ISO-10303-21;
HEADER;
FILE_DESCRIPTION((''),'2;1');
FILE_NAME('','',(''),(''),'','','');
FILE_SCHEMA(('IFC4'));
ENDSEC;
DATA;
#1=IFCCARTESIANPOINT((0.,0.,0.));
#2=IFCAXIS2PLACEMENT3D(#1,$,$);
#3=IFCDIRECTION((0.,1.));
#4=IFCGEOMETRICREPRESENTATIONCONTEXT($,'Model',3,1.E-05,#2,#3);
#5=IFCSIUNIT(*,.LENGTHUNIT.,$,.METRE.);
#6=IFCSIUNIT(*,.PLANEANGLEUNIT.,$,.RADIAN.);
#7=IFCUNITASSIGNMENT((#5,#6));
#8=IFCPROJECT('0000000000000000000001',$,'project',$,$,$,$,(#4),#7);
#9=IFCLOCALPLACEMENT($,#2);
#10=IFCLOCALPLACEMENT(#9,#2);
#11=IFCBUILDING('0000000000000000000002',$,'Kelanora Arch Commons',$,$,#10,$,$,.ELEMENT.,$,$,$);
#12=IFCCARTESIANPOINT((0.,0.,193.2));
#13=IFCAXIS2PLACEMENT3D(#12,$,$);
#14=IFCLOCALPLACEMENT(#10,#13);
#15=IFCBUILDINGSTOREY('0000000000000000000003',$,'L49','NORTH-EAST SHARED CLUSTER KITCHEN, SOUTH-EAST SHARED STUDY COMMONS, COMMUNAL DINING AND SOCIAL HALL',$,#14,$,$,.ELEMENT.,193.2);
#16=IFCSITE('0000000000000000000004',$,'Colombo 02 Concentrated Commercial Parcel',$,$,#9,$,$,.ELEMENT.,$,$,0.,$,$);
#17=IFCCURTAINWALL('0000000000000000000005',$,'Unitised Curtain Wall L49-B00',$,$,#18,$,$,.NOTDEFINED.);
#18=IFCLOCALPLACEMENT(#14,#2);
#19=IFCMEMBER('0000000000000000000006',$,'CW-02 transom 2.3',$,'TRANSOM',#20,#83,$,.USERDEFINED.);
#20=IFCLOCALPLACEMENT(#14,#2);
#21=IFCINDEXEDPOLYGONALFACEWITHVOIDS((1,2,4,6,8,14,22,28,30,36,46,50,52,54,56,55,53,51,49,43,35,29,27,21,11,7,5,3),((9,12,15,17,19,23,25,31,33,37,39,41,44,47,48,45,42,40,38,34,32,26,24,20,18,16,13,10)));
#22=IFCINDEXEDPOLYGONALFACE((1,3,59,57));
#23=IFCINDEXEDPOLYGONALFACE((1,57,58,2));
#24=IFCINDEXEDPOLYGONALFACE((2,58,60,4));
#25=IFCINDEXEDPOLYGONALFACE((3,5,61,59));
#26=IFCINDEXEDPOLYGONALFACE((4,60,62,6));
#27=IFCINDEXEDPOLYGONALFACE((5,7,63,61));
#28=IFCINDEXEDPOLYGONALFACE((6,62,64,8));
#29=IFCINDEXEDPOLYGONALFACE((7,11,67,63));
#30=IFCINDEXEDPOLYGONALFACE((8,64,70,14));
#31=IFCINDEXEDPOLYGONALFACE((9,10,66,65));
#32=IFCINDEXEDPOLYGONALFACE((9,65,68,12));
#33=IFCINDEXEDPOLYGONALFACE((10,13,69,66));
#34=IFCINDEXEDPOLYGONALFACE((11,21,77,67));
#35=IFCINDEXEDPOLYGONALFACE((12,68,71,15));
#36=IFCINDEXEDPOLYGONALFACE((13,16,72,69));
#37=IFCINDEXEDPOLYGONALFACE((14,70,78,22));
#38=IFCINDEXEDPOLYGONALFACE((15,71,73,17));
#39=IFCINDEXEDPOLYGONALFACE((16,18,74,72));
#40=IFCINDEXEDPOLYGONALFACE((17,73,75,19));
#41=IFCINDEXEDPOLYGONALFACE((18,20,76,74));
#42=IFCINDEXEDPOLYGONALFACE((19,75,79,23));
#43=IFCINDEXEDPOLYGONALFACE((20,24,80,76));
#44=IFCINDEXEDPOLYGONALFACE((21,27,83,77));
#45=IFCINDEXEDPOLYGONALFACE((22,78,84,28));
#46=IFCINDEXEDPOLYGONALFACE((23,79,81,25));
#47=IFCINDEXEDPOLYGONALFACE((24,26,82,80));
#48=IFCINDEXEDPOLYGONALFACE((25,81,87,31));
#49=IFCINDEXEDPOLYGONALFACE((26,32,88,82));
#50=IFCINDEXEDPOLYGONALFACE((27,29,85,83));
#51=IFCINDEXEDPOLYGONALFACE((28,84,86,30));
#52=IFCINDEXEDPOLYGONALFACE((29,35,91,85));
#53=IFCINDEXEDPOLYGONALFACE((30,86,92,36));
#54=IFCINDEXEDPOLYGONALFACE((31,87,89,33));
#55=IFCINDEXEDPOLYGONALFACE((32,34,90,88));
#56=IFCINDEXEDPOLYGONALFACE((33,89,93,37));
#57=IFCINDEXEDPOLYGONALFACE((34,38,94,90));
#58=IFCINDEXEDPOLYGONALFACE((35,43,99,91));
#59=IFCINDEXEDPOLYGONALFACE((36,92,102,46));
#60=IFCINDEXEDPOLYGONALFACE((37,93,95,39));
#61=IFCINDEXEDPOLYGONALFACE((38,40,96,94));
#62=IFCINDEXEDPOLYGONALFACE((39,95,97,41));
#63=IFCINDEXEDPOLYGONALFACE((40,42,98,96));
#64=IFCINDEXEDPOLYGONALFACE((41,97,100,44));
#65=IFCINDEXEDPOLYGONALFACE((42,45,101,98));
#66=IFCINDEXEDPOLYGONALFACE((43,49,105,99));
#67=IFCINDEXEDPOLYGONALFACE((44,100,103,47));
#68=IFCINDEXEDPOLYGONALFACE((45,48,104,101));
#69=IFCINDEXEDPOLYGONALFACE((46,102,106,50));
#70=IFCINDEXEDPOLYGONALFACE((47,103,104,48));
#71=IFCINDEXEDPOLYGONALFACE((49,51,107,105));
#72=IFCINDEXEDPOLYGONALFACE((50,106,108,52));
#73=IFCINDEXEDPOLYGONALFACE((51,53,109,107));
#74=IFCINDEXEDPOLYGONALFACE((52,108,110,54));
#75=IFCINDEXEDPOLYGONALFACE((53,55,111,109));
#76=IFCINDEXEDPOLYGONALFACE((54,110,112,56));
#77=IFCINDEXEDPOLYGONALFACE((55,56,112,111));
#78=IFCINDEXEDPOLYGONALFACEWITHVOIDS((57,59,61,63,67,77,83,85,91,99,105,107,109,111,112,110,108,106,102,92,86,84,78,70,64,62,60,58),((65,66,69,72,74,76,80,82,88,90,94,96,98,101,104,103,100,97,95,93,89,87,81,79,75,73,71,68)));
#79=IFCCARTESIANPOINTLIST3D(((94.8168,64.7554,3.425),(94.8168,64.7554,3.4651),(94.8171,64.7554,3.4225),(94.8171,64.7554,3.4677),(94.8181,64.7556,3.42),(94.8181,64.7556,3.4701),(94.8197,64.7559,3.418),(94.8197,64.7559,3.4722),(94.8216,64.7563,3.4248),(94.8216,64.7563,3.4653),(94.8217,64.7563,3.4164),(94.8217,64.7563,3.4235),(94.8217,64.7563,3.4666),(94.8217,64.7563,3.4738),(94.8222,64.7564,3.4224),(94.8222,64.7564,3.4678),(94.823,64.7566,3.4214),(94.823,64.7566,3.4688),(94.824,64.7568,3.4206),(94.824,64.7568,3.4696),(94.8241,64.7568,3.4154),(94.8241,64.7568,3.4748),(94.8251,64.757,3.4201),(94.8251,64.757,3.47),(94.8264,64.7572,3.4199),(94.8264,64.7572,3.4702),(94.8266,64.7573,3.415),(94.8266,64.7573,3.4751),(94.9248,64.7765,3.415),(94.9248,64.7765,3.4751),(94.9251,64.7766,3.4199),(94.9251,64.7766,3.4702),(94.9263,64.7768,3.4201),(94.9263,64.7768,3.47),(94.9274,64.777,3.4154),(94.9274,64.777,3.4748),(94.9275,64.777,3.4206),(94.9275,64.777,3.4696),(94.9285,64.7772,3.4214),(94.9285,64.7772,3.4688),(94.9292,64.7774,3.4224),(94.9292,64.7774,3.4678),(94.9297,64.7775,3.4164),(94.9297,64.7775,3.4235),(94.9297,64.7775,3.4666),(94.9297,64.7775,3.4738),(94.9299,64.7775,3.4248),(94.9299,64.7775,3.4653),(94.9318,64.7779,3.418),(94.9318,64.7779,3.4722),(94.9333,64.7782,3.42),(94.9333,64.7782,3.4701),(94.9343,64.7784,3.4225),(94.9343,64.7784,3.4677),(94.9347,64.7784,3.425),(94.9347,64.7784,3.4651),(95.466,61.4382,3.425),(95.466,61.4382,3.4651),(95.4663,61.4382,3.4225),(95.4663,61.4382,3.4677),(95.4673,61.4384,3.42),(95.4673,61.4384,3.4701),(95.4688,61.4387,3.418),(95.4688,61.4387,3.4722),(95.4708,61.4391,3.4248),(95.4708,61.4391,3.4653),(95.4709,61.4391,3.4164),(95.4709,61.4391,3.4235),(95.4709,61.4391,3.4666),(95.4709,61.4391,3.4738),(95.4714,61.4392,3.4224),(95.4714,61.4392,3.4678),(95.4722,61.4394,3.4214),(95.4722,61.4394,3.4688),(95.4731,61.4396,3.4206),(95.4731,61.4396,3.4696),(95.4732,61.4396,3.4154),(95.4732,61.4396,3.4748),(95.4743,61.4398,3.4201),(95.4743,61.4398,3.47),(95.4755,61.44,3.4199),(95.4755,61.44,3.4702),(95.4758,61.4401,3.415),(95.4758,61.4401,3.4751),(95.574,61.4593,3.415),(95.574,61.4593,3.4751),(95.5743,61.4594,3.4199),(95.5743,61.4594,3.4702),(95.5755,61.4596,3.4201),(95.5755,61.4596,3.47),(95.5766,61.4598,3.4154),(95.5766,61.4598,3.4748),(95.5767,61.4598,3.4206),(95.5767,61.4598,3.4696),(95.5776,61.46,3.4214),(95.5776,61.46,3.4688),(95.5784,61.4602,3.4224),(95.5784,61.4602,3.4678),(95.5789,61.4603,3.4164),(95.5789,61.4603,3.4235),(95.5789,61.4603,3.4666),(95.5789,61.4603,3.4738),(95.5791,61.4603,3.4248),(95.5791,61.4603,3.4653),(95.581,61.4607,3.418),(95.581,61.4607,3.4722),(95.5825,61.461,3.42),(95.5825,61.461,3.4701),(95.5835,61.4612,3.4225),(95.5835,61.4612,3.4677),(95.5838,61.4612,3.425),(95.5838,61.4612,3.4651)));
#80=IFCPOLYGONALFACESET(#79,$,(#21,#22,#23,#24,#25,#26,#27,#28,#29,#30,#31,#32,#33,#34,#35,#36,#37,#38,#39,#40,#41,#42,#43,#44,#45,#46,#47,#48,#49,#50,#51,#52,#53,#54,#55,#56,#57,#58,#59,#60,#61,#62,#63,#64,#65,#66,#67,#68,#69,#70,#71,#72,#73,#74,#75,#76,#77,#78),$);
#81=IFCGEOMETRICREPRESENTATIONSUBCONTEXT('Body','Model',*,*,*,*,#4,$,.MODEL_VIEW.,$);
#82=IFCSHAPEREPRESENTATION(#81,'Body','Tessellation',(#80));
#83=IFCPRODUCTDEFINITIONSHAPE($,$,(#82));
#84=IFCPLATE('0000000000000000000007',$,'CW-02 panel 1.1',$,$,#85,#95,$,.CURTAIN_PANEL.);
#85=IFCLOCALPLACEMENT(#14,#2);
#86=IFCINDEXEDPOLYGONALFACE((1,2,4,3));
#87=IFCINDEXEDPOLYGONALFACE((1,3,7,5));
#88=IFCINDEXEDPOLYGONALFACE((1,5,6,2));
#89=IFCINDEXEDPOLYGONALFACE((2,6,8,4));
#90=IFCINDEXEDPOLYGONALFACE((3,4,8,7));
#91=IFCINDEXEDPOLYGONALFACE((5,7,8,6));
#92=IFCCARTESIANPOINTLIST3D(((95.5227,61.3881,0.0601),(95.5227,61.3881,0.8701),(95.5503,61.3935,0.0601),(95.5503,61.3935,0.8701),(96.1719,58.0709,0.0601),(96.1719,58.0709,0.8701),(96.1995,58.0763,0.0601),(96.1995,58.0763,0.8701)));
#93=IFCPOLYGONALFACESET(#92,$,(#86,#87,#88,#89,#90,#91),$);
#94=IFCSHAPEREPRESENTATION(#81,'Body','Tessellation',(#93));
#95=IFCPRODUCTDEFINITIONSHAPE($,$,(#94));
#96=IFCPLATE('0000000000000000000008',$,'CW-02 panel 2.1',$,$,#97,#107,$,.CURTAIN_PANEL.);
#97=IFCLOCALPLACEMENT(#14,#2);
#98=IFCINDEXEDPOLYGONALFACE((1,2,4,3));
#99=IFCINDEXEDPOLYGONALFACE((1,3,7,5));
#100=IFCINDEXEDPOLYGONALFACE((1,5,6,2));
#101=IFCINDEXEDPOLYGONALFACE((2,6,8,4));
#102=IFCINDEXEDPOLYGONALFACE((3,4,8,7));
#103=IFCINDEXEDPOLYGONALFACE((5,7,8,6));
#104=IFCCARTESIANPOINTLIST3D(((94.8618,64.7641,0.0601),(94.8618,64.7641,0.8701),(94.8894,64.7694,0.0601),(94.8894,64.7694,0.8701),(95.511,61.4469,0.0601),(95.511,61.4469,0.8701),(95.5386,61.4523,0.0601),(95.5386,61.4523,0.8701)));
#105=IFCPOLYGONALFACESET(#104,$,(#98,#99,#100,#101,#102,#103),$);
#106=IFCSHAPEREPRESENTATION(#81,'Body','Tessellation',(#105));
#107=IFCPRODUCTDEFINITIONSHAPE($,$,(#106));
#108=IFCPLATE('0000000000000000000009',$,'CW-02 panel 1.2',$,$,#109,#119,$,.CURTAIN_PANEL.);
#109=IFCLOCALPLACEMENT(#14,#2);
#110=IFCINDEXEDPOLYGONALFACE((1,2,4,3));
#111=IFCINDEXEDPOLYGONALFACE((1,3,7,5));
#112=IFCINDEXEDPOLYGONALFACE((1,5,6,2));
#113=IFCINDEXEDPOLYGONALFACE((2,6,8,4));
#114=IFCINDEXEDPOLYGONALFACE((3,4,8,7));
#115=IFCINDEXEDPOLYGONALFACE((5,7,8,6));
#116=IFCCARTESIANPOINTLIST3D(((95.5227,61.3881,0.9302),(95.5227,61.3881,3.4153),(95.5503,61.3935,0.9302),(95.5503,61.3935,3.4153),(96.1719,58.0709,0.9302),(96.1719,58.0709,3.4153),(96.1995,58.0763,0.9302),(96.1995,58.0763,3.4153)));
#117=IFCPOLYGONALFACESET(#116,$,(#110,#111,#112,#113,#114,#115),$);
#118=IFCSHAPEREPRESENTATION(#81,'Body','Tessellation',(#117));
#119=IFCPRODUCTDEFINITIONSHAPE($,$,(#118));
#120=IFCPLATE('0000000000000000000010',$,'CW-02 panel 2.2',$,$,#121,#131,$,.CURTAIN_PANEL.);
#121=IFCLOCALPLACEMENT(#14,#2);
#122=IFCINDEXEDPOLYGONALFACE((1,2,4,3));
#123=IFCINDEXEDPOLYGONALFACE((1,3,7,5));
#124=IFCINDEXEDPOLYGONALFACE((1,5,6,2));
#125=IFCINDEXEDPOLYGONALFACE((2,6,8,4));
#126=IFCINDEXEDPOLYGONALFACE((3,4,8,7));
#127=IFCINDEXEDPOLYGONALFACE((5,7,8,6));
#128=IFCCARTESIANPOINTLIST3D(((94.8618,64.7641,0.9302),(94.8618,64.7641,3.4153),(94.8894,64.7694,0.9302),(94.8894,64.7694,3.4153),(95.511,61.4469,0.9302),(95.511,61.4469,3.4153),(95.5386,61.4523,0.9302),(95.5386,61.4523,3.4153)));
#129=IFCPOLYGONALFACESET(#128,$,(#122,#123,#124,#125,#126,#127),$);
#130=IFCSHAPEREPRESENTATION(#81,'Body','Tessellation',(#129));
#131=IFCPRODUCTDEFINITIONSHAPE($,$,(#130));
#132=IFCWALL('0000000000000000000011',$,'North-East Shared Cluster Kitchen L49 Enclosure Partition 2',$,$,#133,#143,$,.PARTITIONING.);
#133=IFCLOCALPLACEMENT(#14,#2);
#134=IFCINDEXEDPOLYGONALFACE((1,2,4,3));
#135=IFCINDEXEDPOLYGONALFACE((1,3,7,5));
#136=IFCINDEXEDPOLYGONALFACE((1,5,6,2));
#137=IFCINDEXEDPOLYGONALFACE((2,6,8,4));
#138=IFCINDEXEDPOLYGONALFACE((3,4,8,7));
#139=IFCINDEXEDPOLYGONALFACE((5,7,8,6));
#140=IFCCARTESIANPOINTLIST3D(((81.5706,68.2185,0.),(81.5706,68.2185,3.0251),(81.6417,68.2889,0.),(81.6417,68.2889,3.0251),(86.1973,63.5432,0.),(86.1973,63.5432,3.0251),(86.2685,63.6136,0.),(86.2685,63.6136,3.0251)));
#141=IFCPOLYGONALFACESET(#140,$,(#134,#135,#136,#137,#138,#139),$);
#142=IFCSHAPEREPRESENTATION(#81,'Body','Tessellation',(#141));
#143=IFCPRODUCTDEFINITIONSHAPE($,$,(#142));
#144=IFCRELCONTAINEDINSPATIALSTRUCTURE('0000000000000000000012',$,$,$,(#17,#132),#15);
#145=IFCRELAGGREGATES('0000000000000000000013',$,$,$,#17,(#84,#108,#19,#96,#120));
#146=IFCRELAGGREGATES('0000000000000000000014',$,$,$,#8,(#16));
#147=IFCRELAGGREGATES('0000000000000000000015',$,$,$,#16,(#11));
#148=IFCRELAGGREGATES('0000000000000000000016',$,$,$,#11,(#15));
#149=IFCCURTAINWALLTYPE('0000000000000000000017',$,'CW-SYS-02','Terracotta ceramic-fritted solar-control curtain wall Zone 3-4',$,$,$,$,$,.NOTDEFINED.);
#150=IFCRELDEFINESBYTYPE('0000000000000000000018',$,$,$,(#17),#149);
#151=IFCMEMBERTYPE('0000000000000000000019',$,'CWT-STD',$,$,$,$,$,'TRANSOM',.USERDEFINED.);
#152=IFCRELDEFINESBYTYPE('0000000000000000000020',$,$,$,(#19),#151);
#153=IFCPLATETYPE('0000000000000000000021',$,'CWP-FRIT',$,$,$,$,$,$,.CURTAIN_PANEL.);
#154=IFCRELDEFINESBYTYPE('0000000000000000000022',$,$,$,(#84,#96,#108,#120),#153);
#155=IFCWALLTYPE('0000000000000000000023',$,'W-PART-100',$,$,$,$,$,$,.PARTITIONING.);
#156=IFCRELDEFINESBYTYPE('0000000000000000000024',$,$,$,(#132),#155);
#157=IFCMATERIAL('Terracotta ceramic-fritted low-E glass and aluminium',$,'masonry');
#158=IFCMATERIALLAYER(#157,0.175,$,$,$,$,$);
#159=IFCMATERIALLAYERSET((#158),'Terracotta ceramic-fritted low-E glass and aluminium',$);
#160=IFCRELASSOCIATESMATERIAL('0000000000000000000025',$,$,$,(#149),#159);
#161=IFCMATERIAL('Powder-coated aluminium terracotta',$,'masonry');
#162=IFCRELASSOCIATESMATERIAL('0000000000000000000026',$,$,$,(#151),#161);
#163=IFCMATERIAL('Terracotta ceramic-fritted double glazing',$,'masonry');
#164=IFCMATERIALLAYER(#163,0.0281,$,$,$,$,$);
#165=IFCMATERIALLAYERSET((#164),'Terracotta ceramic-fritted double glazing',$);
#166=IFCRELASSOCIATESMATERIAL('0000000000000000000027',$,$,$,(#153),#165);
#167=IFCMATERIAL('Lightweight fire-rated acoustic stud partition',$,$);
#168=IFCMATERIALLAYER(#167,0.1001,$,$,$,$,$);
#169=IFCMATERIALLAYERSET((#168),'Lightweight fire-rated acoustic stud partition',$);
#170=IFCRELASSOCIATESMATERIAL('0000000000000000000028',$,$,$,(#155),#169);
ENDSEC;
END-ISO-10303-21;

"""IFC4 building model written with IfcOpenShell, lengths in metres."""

from ifc_helpers import new_model, si_unit, direction, frame, frame_2d, origin, origin_2d, place, context, subcontext, project, spatial, rectangle, hollow_rectangle, extrude, source, transform, mapped, material, layer, layer_set, material_profile, profile_set, type_object, element, aggregate, save


model = new_model("IFC4")

# Units and contexts
model_context = context("Model", 3, precision=1e-05, world=origin(), true_north=direction((0.0, 1.0)))
body_context = subcontext(model_context, "Body", "Model", "MODEL_VIEW")
ifc_project = project(units=[si_unit("LENGTHUNIT", "METRE"), si_unit("PLANEANGLEUNIT", "RADIAN")], contexts=[model_context])

# Site, building, storey
site_placement = place(None, origin())
site = spatial("IfcSite", under=ifc_project, at=site_placement, Name="Colombo 02 Concentrated Commercial Parcel", CompositionType="ELEMENT", RefElevation=0.0)
building_placement = place(site_placement, origin())
building = spatial("IfcBuilding", under=site, at=building_placement, Name="Kelanora Arch Commons", CompositionType="ELEMENT")
storey_placement = place(building_placement, frame((0.0, 0.0, 193.2)))
storey = spatial("IfcBuildingStorey", under=building, at=storey_placement, Name="L49", Description="NORTH-EAST SHARED CLUSTER KITCHEN, SOUTH-EAST SHARED STUDY COMMONS, COMMUNAL DINING AND SOCIAL HALL", CompositionType="ELEMENT", Elevation=193.2)

# Curtain wall, member, plates
ifc_material_1 = material(Name="Terracotta ceramic-fritted low-E glass and aluminium", Category="masonry")
ifc_layer_1 = layer(ifc_material_1, 0.175)
ifc_layer_set_1 = layer_set([ifc_layer_1], Name="Terracotta ceramic-fritted low-E glass and aluminium")
curtain_wall_type = type_object("IfcCurtainWallType", Name="CW-SYS-02", Description="Terracotta ceramic-fritted solar-control curtain wall Zone 3-4", PredefinedType="NOTDEFINED", material=ifc_layer_set_1)
curtain_wall_placement = place(storey_placement, origin())
curtain_wall = element("IfcCurtainWall", 1, at=curtain_wall_placement, inside=storey, type_object=curtain_wall_type, Name="Unitised Curtain Wall L49-B00", PredefinedType="NOTDEFINED")
ifc_material_2 = material(Name="Powder-coated aluminium terracotta", Category="masonry")
ifc_material_profile_1 = material_profile(ifc_material_2, hollow_rectangle(XDim=0.1201, YDim=0.0601, WallThickness=0.0049, InnerFilletRadius=0.0049, OuterFilletRadius=0.01, at=origin_2d()), Name="CWT120x60")
ifc_profile_set_1 = profile_set([ifc_material_profile_1], Name="Powder-coated aluminium terracotta")
member_type_1 = type_object("IfcMemberType", Name="CWT-STD", ElementType="TRANSOM", PredefinedType="USERDEFINED", material=ifc_profile_set_1)
member_1_placement = place(storey_placement, frame((95.5249, 61.4497, 3.4451), z_axis=(-0.192058, 0.981383, 0.0), x_axis=(-0.981383, -0.192058, 0.0)))
member_1 = element("IfcMember", 2, at=member_1_placement, type_object=member_type_1, Name="CW-02 transom 2.3", ObjectType="TRANSOM", PredefinedType="USERDEFINED", context=body_context, shape_type="SweptSolid", body=[
    extrude(hollow_rectangle(XDim=0.1201, YDim=0.0601, WallThickness=0.0049, InnerFilletRadius=0.0049, OuterFilletRadius=0.01, at=origin_2d()), origin(), (0.0, 0.0, 1.0), 3.3801),
])
ifc_material_3 = material(Name="Terracotta ceramic-fritted double glazing", Category="masonry")
ifc_layer_2 = layer(ifc_material_3, 0.0281)
ifc_layer_set_2 = layer_set([ifc_layer_2], Name="Terracotta ceramic-fritted double glazing")
plate_type = type_object("IfcPlateType", Name="CWP-FRIT", PredefinedType="CURTAIN_PANEL", material=ifc_layer_set_2)
shared_shape_1 = source(origin(), body_context, "Body", "SweptSolid", [
    extrude(rectangle(XDim=3.3801, YDim=0.0281, at=origin_2d()), origin(), (0.0, 0.0, 1.0), 0.8101),
])
plate_1_placement = place(storey_placement, frame((95.8611, 59.7322, 0.0601), z_axis=(0.0, 0.0, 1.0), x_axis=(-0.192069, 0.981381, 0.0)))
plate_1 = element("IfcPlate", 3, at=plate_1_placement, type_object=plate_type, Name="CW-02 panel 1.1", PredefinedType="CURTAIN_PANEL", context=body_context, shape_type="MappedRepresentation", body=[
    mapped(shared_shape_1, transform((0.0, 0.0, 0.0), scale=1.0)),
])
plate_2_placement = place(storey_placement, frame((95.2002, 63.1082, 0.0601), z_axis=(0.0, 0.0, 1.0), x_axis=(-0.192069, 0.981381, 0.0)))
plate_2 = element("IfcPlate", 4, at=plate_2_placement, type_object=plate_type, Name="CW-02 panel 2.1", PredefinedType="CURTAIN_PANEL", context=body_context, shape_type="MappedRepresentation", body=[
    mapped(shared_shape_1, transform((0.0, 0.0, 0.0), scale=1.0)),
])
shared_shape_2 = source(origin(), body_context, "Body", "SweptSolid", [
    extrude(rectangle(XDim=3.3801, YDim=0.0281, at=origin_2d()), origin(), (0.0, 0.0, 1.0), 2.4851),
])
plate_3_placement = place(storey_placement, frame((95.8611, 59.7322, 0.9302), z_axis=(0.0, 0.0, 1.0), x_axis=(-0.192069, 0.981381, 0.0)))
plate_3 = element("IfcPlate", 5, at=plate_3_placement, type_object=plate_type, Name="CW-02 panel 1.2", PredefinedType="CURTAIN_PANEL", context=body_context, shape_type="MappedRepresentation", body=[
    mapped(shared_shape_2, transform((0.0, 0.0, 0.0), scale=1.0)),
])
plate_4_placement = place(storey_placement, frame((95.2002, 63.1082, 0.9302), z_axis=(0.0, 0.0, 1.0), x_axis=(-0.192069, 0.981381, 0.0)))
plate_4 = element("IfcPlate", 6, at=plate_4_placement, type_object=plate_type, Name="CW-02 panel 2.2", PredefinedType="CURTAIN_PANEL", context=body_context, shape_type="MappedRepresentation", body=[
    mapped(shared_shape_2, transform((0.0, 0.0, 0.0), scale=1.0)),
])
aggregate(curtain_wall, [plate_1, plate_3, member_1, plate_2, plate_4])

# Wall
ifc_material_4 = material(Name="Lightweight fire-rated acoustic stud partition")
ifc_layer_3 = layer(ifc_material_4, 0.1001)
ifc_layer_set_3 = layer_set([ifc_layer_3], Name="Lightweight fire-rated acoustic stud partition")
wall_type = type_object("IfcWallType", Name="W-PART-100", PredefinedType="PARTITIONING", material=ifc_layer_set_3)
wall_placement = place(storey_placement, frame((86.2329, 63.5784, 0.0), z_axis=(0.0, 0.0, 1.0), x_axis=(-0.703404, 0.71079, 0.0)))
element("IfcWall", 7, at=wall_placement, inside=storey, type_object=wall_type, Name="North-East Shared Cluster Kitchen L49 Enclosure Partition 2", PredefinedType="PARTITIONING", context=body_context, shape_type="SweptSolid", body=[
    extrude(rectangle(XDim=6.5776, YDim=0.1001, at=frame_2d((3.2888, 0.0))), origin(), (0.0, 0.0, 1.0), 3.0251),
])

save(model, "model.ifc")
